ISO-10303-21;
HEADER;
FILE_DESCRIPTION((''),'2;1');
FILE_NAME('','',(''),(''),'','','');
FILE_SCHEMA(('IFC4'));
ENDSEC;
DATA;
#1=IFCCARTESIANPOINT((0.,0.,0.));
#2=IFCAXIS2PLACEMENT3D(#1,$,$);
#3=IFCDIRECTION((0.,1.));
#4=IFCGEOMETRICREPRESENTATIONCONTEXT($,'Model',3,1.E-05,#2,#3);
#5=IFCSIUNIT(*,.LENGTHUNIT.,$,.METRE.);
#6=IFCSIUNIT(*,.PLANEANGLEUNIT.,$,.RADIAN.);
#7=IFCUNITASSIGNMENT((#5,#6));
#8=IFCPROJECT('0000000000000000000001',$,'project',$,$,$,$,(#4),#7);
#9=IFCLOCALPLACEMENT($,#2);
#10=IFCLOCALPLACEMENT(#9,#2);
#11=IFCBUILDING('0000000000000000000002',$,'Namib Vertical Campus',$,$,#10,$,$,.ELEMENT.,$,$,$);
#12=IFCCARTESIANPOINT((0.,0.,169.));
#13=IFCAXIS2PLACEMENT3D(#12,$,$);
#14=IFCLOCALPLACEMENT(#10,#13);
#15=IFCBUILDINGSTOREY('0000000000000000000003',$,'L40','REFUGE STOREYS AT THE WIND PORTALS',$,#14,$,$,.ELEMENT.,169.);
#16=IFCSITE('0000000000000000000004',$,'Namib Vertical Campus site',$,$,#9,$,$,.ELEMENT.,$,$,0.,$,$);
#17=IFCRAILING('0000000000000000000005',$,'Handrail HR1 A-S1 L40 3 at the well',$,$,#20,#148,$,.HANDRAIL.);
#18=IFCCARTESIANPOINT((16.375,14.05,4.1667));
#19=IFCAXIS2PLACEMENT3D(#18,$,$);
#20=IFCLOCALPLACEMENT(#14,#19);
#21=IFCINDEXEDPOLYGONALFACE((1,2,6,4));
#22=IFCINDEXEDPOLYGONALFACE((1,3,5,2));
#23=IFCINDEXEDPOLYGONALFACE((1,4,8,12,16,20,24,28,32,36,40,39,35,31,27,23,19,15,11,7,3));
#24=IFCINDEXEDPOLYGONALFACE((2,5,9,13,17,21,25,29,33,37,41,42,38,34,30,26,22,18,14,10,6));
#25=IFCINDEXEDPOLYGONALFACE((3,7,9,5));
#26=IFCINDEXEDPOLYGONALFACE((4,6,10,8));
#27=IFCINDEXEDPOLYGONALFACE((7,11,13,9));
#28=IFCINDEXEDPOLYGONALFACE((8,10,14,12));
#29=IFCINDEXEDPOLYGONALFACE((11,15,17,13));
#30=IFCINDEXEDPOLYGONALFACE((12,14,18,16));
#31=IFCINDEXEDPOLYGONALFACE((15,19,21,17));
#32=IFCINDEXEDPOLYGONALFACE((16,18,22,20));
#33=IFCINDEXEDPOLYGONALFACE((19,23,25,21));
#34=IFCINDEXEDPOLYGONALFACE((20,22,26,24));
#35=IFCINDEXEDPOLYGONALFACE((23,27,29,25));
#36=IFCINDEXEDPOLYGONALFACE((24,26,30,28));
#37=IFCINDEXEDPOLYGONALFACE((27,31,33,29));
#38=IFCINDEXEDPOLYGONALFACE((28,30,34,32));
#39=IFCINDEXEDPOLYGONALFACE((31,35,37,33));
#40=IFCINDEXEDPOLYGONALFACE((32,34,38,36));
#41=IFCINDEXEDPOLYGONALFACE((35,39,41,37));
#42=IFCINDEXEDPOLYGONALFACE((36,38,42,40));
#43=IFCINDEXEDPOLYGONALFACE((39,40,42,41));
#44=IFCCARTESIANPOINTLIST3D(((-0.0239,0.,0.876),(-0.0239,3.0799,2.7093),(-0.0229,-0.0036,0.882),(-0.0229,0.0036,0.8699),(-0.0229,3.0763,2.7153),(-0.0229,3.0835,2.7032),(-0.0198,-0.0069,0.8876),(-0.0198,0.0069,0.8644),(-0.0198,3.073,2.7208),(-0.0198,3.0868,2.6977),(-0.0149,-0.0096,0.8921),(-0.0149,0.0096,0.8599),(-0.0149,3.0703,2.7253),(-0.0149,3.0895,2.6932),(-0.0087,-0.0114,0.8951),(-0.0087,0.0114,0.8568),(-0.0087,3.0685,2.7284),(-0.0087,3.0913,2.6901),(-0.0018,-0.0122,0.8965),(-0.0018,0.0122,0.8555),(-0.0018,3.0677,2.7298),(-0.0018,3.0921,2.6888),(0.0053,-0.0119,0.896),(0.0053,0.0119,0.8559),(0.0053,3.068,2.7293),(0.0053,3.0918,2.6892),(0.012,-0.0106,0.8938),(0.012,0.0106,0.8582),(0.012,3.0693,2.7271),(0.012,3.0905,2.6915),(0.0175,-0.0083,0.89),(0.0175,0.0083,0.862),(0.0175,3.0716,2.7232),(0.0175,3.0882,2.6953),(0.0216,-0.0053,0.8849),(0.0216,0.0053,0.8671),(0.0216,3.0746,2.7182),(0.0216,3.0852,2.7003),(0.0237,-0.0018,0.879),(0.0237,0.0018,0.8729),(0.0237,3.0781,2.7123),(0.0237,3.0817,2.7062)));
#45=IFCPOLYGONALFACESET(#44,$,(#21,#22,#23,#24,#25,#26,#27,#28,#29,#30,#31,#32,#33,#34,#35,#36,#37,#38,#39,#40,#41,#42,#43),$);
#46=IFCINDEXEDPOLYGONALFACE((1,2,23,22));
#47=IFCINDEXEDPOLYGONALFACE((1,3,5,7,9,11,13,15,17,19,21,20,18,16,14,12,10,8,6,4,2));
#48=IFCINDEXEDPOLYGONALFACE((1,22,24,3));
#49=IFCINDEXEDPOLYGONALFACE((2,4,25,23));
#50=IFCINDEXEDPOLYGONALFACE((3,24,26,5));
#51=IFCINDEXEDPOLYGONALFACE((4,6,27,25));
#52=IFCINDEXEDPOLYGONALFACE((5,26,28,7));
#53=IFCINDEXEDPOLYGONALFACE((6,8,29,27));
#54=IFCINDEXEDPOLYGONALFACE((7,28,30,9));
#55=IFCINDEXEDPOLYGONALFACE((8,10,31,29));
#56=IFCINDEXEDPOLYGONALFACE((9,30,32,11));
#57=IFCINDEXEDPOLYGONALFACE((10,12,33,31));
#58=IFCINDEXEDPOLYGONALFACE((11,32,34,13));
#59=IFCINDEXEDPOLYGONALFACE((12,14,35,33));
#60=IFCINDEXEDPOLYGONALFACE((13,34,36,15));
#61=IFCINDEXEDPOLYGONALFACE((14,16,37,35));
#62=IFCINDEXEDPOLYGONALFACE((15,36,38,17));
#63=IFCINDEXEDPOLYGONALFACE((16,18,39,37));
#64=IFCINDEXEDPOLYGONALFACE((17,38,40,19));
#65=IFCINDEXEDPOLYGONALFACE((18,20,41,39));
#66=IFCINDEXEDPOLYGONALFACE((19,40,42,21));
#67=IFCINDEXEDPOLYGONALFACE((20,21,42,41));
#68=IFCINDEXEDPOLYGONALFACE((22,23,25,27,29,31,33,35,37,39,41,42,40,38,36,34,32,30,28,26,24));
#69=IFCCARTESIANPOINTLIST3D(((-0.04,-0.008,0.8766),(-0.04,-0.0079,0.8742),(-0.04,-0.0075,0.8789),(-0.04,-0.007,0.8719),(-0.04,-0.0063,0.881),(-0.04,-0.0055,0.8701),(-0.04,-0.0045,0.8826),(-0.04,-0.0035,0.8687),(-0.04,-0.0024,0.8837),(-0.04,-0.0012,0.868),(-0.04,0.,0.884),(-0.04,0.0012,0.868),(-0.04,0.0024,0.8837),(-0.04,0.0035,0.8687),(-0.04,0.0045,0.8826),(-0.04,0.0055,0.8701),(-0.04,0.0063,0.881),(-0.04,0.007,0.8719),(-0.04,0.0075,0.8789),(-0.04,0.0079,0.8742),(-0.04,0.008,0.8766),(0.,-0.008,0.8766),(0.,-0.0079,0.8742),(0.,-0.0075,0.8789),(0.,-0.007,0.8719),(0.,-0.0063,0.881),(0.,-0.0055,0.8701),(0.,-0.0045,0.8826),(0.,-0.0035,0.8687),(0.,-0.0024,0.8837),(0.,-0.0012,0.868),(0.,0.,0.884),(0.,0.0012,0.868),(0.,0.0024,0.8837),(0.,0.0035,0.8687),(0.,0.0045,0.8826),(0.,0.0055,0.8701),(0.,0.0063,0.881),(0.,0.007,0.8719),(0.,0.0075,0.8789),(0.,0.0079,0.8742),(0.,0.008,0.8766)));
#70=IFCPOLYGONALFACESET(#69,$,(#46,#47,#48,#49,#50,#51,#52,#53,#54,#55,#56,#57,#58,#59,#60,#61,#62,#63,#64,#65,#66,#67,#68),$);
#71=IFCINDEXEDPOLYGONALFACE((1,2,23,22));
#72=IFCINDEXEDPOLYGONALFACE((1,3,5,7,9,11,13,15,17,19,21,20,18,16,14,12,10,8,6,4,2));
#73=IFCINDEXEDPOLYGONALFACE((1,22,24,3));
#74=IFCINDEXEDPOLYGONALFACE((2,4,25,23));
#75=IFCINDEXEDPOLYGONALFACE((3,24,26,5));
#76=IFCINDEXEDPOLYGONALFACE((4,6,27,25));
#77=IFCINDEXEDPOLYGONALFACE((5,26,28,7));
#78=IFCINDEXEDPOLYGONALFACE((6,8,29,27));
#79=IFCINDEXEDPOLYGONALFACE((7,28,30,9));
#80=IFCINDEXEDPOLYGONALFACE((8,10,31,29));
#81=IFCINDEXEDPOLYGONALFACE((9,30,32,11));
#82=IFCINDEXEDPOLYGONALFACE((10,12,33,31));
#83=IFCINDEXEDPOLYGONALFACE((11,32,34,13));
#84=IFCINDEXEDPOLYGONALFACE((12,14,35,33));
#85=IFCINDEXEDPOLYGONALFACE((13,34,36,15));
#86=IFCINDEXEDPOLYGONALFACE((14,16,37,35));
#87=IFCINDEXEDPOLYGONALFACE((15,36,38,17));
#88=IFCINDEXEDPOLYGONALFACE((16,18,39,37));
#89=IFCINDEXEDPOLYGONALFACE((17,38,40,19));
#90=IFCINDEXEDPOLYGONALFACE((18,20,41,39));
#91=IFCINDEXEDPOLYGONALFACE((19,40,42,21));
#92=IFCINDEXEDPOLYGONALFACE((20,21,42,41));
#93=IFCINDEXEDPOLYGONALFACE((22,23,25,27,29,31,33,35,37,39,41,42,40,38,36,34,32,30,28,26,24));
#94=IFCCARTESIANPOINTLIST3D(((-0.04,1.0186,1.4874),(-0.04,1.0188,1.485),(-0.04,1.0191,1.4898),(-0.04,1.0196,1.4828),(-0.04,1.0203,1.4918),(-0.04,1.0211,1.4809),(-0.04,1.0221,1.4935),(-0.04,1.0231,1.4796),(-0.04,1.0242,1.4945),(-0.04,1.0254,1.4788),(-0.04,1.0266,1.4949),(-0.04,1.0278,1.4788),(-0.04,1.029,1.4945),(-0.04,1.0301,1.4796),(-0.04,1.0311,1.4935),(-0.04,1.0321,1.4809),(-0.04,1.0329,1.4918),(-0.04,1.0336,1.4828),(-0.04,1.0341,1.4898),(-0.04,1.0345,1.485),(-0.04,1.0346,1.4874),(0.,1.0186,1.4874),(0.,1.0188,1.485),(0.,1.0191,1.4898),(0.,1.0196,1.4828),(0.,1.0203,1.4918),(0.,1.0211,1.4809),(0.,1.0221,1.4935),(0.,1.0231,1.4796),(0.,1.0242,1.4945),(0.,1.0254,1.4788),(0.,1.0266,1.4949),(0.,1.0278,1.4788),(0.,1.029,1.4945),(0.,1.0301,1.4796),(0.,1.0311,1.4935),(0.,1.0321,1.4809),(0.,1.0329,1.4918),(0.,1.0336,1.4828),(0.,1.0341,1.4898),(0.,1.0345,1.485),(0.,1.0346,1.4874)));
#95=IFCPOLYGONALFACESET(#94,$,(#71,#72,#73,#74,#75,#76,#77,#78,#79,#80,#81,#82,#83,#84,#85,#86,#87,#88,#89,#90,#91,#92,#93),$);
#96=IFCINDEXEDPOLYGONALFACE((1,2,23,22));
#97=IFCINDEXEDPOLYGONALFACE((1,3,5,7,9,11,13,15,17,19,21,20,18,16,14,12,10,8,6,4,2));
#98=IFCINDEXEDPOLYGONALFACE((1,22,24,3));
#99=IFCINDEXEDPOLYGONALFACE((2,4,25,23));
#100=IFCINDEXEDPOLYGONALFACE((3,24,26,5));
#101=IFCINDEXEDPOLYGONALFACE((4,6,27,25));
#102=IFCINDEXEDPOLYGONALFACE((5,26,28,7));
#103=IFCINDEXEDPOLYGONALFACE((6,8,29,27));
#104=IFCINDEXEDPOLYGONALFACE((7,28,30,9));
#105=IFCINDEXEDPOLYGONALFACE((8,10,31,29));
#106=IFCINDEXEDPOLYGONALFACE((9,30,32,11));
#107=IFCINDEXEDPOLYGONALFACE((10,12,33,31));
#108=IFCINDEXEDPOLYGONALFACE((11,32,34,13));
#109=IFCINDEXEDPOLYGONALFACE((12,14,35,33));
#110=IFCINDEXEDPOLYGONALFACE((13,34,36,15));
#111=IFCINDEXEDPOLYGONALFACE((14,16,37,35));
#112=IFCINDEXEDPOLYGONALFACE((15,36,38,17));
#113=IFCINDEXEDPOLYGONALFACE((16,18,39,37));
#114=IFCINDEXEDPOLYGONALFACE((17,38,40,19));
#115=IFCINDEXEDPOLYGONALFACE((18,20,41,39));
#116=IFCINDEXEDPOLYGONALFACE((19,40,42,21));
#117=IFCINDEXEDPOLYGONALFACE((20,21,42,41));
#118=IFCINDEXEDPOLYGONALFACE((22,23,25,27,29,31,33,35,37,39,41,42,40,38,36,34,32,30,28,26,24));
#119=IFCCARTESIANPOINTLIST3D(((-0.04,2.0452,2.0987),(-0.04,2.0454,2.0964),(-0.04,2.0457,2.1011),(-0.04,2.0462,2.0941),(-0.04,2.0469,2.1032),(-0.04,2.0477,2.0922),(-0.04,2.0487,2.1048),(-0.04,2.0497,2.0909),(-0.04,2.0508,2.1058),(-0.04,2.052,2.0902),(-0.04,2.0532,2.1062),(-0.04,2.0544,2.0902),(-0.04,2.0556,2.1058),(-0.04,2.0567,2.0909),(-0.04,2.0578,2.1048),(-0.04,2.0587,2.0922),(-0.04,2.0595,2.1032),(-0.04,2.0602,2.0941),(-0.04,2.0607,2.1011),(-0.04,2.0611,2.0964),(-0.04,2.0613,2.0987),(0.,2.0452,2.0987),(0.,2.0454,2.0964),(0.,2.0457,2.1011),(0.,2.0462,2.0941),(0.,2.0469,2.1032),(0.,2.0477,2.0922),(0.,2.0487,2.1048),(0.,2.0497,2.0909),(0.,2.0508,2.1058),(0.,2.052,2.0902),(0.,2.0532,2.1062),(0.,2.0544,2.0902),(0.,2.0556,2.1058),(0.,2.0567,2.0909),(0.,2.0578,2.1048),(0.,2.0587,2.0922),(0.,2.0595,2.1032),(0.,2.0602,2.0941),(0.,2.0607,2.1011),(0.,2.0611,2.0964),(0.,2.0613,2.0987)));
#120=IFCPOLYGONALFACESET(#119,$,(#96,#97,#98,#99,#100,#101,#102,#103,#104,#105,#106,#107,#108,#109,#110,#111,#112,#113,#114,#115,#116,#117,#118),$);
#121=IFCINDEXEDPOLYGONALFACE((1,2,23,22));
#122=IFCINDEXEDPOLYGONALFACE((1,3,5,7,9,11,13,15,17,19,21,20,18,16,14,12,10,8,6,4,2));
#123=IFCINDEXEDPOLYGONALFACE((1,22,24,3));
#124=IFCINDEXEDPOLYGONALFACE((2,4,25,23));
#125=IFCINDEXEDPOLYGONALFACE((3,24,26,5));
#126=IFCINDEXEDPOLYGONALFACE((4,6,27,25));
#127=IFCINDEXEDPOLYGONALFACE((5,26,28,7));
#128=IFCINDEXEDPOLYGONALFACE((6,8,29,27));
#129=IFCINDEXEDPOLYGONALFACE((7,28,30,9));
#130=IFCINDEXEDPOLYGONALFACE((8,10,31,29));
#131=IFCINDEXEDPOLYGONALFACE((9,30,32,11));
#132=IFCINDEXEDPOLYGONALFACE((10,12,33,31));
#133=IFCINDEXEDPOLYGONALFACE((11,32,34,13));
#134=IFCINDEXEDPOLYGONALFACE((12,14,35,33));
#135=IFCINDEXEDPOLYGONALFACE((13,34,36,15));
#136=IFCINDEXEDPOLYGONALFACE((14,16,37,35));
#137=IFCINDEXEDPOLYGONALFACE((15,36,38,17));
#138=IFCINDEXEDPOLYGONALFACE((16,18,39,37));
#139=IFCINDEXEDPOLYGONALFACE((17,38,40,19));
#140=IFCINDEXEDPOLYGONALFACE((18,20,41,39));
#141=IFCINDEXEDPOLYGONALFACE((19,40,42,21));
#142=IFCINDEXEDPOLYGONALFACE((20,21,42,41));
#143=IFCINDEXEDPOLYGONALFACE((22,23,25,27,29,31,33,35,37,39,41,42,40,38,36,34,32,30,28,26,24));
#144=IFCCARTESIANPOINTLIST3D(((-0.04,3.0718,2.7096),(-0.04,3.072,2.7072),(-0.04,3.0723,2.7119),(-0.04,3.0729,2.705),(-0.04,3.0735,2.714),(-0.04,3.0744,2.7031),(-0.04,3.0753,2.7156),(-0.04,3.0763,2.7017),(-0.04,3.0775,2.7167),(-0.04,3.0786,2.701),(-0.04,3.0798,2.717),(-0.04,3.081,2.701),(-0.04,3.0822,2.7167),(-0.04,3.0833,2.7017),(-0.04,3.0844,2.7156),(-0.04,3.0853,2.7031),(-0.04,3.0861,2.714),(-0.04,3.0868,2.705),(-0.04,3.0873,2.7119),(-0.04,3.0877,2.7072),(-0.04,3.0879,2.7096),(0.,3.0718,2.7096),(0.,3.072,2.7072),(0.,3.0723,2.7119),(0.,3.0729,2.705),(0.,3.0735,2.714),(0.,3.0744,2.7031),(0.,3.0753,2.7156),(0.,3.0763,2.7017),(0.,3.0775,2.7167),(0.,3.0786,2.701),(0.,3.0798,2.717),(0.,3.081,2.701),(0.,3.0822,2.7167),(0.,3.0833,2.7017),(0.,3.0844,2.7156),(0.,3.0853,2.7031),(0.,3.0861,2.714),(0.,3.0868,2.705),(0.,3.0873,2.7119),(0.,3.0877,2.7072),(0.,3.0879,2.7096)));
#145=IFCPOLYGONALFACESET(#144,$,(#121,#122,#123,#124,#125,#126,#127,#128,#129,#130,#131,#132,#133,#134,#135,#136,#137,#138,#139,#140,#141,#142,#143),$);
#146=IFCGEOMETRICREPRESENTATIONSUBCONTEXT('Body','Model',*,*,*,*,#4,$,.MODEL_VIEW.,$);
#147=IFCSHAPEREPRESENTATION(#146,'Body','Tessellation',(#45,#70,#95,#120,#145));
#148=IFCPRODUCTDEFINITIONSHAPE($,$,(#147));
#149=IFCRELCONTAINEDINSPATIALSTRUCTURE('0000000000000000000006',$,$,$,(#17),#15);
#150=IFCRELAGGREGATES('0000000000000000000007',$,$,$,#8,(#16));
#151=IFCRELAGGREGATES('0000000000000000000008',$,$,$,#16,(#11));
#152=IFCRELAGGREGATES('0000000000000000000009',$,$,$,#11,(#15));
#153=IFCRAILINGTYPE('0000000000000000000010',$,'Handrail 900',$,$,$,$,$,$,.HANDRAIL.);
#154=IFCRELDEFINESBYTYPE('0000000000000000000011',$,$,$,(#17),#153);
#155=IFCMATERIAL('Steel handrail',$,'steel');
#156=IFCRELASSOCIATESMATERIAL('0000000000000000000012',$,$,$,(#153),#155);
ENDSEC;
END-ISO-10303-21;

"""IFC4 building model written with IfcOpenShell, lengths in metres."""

from ifc_helpers import new_model, si_unit, direction, frame, origin, origin_2d, place, context, subcontext, project, spatial, circle, extrude, material, type_object, element, save


model = new_model("IFC4")

# Units and contexts
model_context = context("Model", 3, precision=1e-05, world=origin(), true_north=direction((0.0, 1.0)))
body_context = subcontext(model_context, "Body", "Model", "MODEL_VIEW")
ifc_project = project(units=[si_unit("LENGTHUNIT", "METRE"), si_unit("PLANEANGLEUNIT", "RADIAN")], contexts=[model_context])

# Site, building, storey
site_placement = place(None, origin())
site = spatial("IfcSite", under=ifc_project, at=site_placement, Name="Namib Vertical Campus site", CompositionType="ELEMENT", RefElevation=0.0)
building_placement = place(site_placement, origin())
building = spatial("IfcBuilding", under=site, at=building_placement, Name="Namib Vertical Campus", CompositionType="ELEMENT")
storey_placement = place(building_placement, frame((0.0, 0.0, 169.0)))
storey = spatial("IfcBuildingStorey", under=building, at=storey_placement, Name="L40", Description="REFUGE STOREYS AT THE WIND PORTALS", CompositionType="ELEMENT", Elevation=169.0)

# Railing
ifc_material_1 = material(Name="Steel handrail", Category="steel")
railing_type_1 = type_object("IfcRailingType", Name="Handrail 900", PredefinedType="HANDRAIL", material=ifc_material_1)
for number, where, name in (
    (1, (16.375, 14.05, 4.1667), "Handrail HR1 A-S1 L40 3 at the well"),
):
    element("IfcRailing", number, at=place(storey_placement, frame(where)), inside=storey, type_object=railing_type_1, Name=name, PredefinedType="HANDRAIL", context=body_context, shape_type="SweptSolid", body=[
        extrude(circle(Radius=0.0239, at=origin_2d()), frame((0.0, 0.0, 0.876), z_axis=(0.0, 0.859291, 0.511487), x_axis=(-1.0, 0.0, 0.0)), (0.0, 0.0, 1.0), 3.5842),
        extrude(circle(Radius=0.0081, at=origin_2d()), frame((0.0, 0.0, 0.876), z_axis=(-1.0, 0.0, 0.0), x_axis=(0.0, 0.0, 1.0)), (0.0, 0.0, 1.0), 0.04),
        extrude(circle(Radius=0.0081, at=origin_2d()), frame((0.0, 1.0266, 1.4868), z_axis=(-1.0, 0.0, 0.0), x_axis=(0.0, 0.0, 1.0)), (0.0, 0.0, 1.0), 0.04),
        extrude(circle(Radius=0.0081, at=origin_2d()), frame((0.0, 2.0532, 2.0981), z_axis=(-1.0, 0.0, 0.0), x_axis=(0.0, 0.0, 1.0)), (0.0, 0.0, 1.0), 0.04),
        extrude(circle(Radius=0.0081, at=origin_2d()), frame((0.0, 3.0798, 2.709), z_axis=(-1.0, 0.0, 0.0), x_axis=(0.0, 0.0, 1.0)), (0.0, 0.0, 1.0), 0.04),
    ])

save(model, "model.ifc")
